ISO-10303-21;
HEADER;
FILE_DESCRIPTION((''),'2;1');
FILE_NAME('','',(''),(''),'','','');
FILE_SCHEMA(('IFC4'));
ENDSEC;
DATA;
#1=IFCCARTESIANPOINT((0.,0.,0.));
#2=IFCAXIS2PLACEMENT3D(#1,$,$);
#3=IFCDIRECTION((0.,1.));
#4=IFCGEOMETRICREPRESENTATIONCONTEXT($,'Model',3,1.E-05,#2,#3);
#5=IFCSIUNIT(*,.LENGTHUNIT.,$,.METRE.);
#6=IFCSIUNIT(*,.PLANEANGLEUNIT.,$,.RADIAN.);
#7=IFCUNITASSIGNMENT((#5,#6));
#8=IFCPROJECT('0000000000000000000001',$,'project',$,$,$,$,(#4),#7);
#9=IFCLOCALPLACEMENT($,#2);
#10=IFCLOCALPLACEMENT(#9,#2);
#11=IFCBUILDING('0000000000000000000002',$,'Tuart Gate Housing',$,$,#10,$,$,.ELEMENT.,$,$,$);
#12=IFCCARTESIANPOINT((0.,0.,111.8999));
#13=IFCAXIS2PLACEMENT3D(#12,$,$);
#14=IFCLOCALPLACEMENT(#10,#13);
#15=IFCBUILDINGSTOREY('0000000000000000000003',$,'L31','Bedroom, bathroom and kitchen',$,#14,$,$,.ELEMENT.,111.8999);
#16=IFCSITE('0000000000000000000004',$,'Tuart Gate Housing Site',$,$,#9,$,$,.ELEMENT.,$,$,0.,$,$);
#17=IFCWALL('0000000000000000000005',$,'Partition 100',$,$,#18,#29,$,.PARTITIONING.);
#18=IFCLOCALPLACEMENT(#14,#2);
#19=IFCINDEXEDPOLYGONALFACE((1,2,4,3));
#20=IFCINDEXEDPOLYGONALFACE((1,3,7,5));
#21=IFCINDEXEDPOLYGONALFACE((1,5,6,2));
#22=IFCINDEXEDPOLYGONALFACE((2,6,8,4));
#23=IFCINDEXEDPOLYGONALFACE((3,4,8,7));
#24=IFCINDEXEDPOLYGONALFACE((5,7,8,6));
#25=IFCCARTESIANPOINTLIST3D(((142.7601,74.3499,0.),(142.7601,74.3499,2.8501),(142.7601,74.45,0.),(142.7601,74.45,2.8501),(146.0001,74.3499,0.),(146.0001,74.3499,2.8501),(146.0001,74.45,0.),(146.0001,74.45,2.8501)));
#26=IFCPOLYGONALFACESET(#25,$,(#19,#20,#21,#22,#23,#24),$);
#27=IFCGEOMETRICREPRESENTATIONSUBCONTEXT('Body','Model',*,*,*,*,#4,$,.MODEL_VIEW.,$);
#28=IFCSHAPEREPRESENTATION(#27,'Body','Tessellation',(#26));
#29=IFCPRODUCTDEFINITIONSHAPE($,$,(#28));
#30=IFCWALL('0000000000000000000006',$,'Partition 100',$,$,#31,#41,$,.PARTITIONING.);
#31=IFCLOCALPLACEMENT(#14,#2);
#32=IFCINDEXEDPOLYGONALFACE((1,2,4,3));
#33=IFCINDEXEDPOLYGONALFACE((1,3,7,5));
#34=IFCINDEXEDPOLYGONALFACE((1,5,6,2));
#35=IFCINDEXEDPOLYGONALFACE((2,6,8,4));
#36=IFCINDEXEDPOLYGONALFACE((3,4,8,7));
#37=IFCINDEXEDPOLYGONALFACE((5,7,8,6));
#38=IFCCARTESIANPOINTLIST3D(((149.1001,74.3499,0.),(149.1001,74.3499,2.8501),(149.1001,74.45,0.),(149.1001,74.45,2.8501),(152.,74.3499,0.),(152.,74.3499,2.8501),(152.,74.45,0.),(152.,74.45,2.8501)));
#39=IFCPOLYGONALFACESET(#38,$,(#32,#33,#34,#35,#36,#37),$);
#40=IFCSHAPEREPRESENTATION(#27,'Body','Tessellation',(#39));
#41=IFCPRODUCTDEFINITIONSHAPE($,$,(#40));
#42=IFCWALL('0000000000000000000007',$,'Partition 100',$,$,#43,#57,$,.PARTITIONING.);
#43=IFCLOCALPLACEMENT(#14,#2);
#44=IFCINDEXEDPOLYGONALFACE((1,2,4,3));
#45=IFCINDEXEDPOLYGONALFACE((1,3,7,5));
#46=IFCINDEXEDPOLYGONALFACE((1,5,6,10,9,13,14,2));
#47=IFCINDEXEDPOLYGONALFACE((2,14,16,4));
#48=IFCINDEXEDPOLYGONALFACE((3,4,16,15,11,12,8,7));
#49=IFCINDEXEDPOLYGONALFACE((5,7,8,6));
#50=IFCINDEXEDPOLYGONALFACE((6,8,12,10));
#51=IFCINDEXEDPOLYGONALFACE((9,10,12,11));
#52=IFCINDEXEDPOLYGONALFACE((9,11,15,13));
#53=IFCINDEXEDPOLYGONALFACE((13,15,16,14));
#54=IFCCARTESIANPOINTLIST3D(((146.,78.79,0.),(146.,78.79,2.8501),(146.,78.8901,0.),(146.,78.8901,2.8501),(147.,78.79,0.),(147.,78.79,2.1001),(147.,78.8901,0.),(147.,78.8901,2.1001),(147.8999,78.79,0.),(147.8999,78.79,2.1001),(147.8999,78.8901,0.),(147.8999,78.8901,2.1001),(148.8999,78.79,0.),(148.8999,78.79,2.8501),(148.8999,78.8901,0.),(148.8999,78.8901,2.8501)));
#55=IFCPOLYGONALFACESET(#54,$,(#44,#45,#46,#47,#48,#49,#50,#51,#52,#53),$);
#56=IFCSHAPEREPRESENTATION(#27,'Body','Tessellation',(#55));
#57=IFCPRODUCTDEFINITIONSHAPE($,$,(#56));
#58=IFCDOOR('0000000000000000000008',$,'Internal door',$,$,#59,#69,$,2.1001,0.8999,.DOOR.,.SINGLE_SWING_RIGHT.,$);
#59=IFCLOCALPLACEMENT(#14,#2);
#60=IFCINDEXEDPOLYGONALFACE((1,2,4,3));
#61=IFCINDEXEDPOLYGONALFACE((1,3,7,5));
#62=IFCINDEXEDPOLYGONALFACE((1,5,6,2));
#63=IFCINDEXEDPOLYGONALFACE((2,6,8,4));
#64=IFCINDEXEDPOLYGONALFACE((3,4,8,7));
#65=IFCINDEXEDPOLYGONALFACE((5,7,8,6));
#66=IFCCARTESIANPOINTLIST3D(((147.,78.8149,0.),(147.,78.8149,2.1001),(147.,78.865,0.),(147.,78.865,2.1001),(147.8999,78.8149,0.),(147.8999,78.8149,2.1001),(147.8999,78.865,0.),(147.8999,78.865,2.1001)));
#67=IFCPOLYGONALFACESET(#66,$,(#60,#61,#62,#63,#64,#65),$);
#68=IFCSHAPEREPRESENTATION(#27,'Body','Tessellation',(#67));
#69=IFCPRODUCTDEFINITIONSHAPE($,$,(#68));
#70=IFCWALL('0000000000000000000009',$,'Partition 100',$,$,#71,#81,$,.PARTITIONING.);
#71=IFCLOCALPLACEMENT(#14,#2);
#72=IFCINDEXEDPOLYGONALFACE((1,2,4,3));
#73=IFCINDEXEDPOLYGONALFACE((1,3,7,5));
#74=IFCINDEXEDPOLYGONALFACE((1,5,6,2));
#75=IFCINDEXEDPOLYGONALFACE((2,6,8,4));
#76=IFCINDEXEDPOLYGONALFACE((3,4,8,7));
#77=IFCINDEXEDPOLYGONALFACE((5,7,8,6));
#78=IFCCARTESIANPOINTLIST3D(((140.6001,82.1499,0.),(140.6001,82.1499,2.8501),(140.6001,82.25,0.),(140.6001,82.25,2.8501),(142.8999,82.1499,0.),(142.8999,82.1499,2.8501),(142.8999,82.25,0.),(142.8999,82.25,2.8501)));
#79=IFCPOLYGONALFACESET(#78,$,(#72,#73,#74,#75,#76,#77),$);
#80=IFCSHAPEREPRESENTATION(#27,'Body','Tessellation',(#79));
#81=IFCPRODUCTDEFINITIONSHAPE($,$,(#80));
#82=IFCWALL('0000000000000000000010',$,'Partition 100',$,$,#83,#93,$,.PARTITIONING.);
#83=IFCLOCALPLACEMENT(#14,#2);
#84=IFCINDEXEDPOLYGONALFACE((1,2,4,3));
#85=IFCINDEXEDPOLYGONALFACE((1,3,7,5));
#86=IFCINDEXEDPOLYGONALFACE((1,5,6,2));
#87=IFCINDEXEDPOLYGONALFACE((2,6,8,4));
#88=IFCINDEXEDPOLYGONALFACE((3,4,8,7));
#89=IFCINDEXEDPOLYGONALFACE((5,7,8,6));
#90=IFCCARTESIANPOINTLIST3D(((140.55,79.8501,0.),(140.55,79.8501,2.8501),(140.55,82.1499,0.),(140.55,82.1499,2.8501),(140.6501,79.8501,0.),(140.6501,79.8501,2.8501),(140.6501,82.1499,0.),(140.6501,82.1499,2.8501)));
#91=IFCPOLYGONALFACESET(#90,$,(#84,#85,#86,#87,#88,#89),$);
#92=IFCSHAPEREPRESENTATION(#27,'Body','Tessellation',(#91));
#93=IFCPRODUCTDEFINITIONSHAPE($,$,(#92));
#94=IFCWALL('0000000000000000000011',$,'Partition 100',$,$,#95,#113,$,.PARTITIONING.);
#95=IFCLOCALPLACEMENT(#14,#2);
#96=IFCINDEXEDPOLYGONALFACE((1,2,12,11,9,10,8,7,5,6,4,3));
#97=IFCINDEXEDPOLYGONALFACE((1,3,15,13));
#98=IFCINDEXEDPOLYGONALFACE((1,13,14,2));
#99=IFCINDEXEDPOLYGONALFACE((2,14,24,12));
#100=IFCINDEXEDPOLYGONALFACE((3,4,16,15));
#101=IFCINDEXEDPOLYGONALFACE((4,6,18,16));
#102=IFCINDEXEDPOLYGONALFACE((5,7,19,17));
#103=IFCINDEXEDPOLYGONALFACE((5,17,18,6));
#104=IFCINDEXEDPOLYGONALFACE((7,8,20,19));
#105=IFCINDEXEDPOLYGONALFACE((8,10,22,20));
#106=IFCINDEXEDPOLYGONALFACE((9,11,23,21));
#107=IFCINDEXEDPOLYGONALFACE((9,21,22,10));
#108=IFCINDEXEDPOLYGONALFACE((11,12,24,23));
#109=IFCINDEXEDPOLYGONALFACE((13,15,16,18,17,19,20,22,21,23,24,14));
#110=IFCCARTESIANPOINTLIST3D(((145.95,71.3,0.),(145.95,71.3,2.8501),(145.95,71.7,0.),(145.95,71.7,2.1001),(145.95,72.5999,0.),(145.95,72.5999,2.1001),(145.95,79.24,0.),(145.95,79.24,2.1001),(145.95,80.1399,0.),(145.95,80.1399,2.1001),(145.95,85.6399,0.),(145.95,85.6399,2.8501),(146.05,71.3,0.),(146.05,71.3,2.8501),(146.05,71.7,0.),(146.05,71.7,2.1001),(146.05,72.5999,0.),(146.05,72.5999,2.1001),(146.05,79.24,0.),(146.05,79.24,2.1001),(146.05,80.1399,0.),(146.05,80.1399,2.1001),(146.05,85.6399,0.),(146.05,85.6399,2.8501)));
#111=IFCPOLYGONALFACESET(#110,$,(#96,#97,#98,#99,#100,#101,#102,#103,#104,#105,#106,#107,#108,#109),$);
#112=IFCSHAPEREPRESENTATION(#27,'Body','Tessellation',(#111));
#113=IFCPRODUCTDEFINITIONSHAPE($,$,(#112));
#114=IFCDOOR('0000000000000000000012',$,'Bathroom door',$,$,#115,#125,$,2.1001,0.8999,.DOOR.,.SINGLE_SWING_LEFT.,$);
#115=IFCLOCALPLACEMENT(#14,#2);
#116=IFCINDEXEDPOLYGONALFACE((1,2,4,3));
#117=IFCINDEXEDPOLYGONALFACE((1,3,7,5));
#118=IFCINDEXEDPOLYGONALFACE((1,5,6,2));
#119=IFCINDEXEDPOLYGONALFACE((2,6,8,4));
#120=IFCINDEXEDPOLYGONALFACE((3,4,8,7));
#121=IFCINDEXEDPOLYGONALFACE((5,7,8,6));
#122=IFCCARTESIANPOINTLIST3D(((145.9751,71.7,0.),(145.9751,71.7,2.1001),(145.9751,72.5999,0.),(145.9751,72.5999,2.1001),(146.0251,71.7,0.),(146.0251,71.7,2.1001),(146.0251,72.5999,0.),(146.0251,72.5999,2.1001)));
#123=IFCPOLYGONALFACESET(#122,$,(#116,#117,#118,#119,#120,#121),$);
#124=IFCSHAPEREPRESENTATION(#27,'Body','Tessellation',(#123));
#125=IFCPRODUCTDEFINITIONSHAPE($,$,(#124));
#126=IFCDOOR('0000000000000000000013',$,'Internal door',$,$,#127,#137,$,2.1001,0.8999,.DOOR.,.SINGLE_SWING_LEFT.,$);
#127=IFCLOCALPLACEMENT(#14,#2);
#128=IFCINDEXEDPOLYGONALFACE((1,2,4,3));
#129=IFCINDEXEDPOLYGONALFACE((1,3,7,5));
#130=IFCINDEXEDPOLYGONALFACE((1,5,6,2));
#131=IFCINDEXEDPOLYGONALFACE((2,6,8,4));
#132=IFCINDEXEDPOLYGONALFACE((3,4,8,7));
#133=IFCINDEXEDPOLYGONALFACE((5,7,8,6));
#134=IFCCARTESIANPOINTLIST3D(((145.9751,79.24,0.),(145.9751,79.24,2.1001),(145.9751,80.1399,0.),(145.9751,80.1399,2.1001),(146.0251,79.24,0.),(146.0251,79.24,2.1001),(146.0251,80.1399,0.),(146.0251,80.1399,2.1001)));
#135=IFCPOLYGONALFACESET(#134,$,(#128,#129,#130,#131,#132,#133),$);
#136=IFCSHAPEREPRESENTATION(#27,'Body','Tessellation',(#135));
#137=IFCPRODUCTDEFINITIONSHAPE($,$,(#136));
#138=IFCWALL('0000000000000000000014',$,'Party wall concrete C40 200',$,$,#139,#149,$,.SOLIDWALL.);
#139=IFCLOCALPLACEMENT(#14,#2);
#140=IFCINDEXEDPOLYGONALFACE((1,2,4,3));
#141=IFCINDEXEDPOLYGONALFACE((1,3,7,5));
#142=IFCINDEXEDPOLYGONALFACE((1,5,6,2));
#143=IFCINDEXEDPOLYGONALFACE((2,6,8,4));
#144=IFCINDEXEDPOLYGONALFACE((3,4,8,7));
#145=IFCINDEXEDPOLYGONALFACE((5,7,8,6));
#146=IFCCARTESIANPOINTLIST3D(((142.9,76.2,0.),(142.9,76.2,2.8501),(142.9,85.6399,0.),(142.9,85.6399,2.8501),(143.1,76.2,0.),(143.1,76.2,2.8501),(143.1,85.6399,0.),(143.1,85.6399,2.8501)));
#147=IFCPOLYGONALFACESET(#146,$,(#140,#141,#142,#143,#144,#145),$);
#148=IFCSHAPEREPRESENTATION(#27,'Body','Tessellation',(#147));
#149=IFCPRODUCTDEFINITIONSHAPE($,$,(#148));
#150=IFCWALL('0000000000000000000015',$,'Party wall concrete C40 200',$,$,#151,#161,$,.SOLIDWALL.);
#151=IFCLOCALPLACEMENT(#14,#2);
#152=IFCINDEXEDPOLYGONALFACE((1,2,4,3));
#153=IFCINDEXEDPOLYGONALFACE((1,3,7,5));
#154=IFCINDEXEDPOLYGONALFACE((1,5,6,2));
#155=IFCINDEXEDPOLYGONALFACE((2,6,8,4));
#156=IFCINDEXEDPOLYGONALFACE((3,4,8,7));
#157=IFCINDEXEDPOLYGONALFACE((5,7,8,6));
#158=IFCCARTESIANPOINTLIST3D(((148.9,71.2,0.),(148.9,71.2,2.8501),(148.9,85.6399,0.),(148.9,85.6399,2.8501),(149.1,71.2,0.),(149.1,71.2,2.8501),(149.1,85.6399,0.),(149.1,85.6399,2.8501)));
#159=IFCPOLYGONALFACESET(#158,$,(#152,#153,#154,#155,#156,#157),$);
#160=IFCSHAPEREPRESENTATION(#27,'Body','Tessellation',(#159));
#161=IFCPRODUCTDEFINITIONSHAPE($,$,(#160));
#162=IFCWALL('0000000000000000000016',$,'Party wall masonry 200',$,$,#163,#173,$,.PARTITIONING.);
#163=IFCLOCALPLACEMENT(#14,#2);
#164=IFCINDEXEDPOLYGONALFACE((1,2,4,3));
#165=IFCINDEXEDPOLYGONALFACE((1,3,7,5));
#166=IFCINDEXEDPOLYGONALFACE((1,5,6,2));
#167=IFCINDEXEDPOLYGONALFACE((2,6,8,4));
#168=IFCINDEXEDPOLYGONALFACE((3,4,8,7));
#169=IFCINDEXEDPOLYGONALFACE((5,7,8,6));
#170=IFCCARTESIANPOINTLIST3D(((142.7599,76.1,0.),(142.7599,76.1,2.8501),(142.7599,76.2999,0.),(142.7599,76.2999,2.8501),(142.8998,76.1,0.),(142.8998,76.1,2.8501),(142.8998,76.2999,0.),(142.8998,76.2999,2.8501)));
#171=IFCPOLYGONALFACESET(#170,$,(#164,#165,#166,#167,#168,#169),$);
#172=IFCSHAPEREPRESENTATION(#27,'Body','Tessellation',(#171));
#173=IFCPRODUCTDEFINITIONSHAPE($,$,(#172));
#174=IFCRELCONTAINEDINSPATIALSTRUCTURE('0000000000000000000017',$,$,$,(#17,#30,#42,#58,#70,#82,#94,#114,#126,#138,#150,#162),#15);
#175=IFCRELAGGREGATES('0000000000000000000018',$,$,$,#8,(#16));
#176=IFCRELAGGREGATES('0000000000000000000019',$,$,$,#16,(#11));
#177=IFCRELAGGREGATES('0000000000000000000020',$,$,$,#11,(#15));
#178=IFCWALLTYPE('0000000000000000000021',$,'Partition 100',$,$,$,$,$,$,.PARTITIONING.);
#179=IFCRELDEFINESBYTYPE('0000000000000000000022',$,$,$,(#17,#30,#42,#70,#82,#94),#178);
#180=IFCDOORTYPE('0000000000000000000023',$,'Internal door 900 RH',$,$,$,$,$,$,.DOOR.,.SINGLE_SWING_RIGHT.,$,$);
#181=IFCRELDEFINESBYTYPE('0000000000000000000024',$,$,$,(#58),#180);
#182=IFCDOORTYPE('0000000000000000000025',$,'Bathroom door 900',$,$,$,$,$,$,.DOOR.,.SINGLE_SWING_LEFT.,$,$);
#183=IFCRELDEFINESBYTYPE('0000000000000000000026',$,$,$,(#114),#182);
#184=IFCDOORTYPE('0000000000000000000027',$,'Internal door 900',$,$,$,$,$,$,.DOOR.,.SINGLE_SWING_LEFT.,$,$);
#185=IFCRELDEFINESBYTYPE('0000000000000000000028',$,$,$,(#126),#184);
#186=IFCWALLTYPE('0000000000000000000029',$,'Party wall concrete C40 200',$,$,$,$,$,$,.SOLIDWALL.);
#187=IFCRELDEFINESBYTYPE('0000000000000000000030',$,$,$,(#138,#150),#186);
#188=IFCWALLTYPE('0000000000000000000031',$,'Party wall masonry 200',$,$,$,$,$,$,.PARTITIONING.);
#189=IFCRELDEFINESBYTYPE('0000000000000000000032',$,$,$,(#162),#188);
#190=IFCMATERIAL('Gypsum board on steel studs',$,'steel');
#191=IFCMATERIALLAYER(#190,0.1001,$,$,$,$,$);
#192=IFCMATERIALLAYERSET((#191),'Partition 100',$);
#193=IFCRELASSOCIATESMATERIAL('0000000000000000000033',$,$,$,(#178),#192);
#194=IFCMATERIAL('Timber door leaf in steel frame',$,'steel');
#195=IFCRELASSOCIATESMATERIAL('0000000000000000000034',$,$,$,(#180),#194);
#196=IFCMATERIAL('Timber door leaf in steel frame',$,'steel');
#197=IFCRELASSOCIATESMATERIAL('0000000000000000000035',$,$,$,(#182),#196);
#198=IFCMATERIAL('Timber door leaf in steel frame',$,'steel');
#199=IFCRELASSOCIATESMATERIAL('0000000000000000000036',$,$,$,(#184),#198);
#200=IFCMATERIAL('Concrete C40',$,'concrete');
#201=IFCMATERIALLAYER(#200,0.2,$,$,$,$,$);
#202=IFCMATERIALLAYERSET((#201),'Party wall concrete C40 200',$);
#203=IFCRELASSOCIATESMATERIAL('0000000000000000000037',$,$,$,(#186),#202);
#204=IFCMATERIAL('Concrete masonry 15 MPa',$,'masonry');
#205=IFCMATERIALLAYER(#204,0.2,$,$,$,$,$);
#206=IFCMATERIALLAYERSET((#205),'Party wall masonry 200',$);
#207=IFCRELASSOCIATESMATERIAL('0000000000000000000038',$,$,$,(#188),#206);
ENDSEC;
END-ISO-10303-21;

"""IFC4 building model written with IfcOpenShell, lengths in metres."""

from ifc_helpers import new_model, si_unit, direction, frame, frame_2d, origin, place, context, subcontext, project, spatial, rectangle, extrude, material, layer, layer_set, type_object, element, fill, save


model = new_model("IFC4")

# Units and contexts
model_context = context("Model", 3, precision=1e-05, world=origin(), true_north=direction((0.0, 1.0)))
body_context = subcontext(model_context, "Body", "Model", "MODEL_VIEW")
ifc_project = project(units=[si_unit("LENGTHUNIT", "METRE"), si_unit("PLANEANGLEUNIT", "RADIAN")], contexts=[model_context])

# Site, building, storey
site_placement = place(None, origin())
site = spatial("IfcSite", under=ifc_project, at=site_placement, Name="Tuart Gate Housing Site", CompositionType="ELEMENT", RefElevation=0.0)
building_placement = place(site_placement, origin())
building = spatial("IfcBuilding", under=site, at=building_placement, Name="Tuart Gate Housing", CompositionType="ELEMENT")
storey_placement = place(building_placement, frame((0.0, 0.0, 111.8999)))
storey = spatial("IfcBuildingStorey", under=building, at=storey_placement, Name="L31", Description="Bedroom, bathroom and kitchen", CompositionType="ELEMENT", Elevation=111.8999)

# Walls
ifc_material_1 = material(Name="Gypsum board on steel studs", Category="steel")
ifc_layer_1 = layer(ifc_material_1, 0.1001)
ifc_layer_set_1 = layer_set([ifc_layer_1], Name="Partition 100")
wall_type_1 = type_object("IfcWallType", Name="Partition 100", PredefinedType="PARTITIONING", material=ifc_layer_set_1)
wall_1_placement = place(storey_placement, frame((142.76, 74.3999, 0.0), z_axis=(0.0, 0.0, 1.0), x_axis=(1.0, 0.0, 0.0)))
element("IfcWall", 1, at=wall_1_placement, inside=storey, type_object=wall_type_1, Name="Partition 100", PredefinedType="PARTITIONING", context=body_context, shape_type="SweptSolid", body=[
    extrude(rectangle(XDim=3.24, YDim=0.1001, at=frame_2d((1.6201, 0.0))), origin(), (0.0, 0.0, 1.0), 2.8501),
])
wall_2_placement = place(storey_placement, frame((149.1001, 74.3999, 0.0), z_axis=(0.0, 0.0, 1.0), x_axis=(1.0, 0.0, 0.0)))
element("IfcWall", 2, at=wall_2_placement, inside=storey, type_object=wall_type_1, Name="Partition 100", PredefinedType="PARTITIONING", context=body_context, shape_type="SweptSolid", body=[
    extrude(rectangle(XDim=2.8999, YDim=0.1001, at=frame_2d((1.45, 0.0))), origin(), (0.0, 0.0, 1.0), 2.8501),
])

# Wall, opening, door
wall_3_placement = place(storey_placement, frame((146.0, 78.8401, 0.0), z_axis=(0.0, 0.0, 1.0), x_axis=(1.0, 0.0, 0.0)))
wall_3 = element("IfcWall", 3, at=wall_3_placement, inside=storey, type_object=wall_type_1, Name="Partition 100", PredefinedType="PARTITIONING", context=body_context, shape_type="SweptSolid", body=[
    extrude(rectangle(XDim=2.8999, YDim=0.1001, at=frame_2d((1.45, 0.0))), origin(), (0.0, 0.0, 1.0), 2.8501),
])
opening_1_placement = place(wall_3_placement, frame((1.0, 0.0, 0.0)))
opening_1 = element("IfcOpeningElement", 4, at=opening_1_placement, cuts=wall_3, PredefinedType="OPENING", context=body_context, shape_type="SweptSolid", body=[
    extrude(rectangle(XDim=0.8999, YDim=2.1001, at=frame_2d((0.45, 1.05))), frame((0.0, 0.0601, 0.0), z_axis=(0.0, -1.0, 0.0), x_axis=(1.0, 0.0, 0.0)), (0.0, 0.0, 1.0), 0.1201),
])
ifc_material_2 = material(Name="Timber door leaf in steel frame", Category="steel")
door_type_1 = type_object("IfcDoorType", Name="Internal door 900 RH", OperationType="SINGLE_SWING_RIGHT", PredefinedType="DOOR", material=ifc_material_2)
door_1_placement = place(opening_1_placement, frame((0.8999, 0.0, 0.0), z_axis=(0.0, 0.0, 1.0), x_axis=(-1.0, 0.0, 0.0)))
door_1 = element("IfcDoor", 5, at=door_1_placement, inside=storey, type_object=door_type_1, Name="Internal door", OperationType="SINGLE_SWING_RIGHT", OverallHeight=2.1001, OverallWidth=0.8999, PredefinedType="DOOR", context=body_context, shape_type="SweptSolid", body=[
    extrude(rectangle(XDim=0.8999, YDim=2.1001, at=frame_2d((0.45, 1.05))), frame((0.0, 0.0251, 0.0), z_axis=(0.0, -1.0, 0.0), x_axis=(1.0, 0.0, 0.0)), (0.0, 0.0, 1.0), 0.05),
])
fill(opening_1, door_1)

# Walls
for number, where, z_axis, x_axis, name in (
    (6, (140.6001, 82.2, 0.0), (0.0, 0.0, 1.0), (1.0, 0.0, 0.0), "Partition 100"),
    (7, (140.6001, 79.8501, 0.0), (0.0, 0.0, 1.0), (0.0, 1.0, 0.0), "Partition 100"),
):
    element("IfcWall", number, at=place(storey_placement, frame(where, z_axis=z_axis, x_axis=x_axis)), inside=storey, type_object=wall_type_1, Name=name, PredefinedType="PARTITIONING", context=body_context, shape_type="SweptSolid", body=[
        extrude(rectangle(XDim=2.2998, YDim=0.1001, at=frame_2d((1.1499, 0.0))), origin(), (0.0, 0.0, 1.0), 2.8501),
    ])

# Wall, openings, doors
wall_4_placement = place(storey_placement, frame((146.0, 71.3, 0.0), z_axis=(0.0, 0.0, 1.0), x_axis=(0.0, 1.0, 0.0)))
wall_4 = element("IfcWall", 8, at=wall_4_placement, inside=storey, type_object=wall_type_1, Name="Partition 100", PredefinedType="PARTITIONING", context=body_context, shape_type="SweptSolid", body=[
    extrude(rectangle(XDim=14.3398, YDim=0.1001, at=frame_2d((7.1699, 0.0))), origin(), (0.0, 0.0, 1.0), 2.8501),
])
opening_2_placement = place(wall_4_placement, frame((7.9399, 0.0, 0.0)))
opening_2 = element("IfcOpeningElement", 9, at=opening_2_placement, cuts=wall_4, PredefinedType="OPENING", context=body_context, shape_type="SweptSolid", body=[
    extrude(rectangle(XDim=0.8999, YDim=2.1001, at=frame_2d((0.45, 1.05))), frame((0.0, 0.0601, 0.0), z_axis=(0.0, -1.0, 0.0), x_axis=(1.0, 0.0, 0.0)), (0.0, 0.0, 1.0), 0.1201),
])
opening_3_placement = place(wall_4_placement, frame((0.3999, 0.0, 0.0)))
opening_3 = element("IfcOpeningElement", 10, at=opening_3_placement, cuts=wall_4, PredefinedType="OPENING", context=body_context, shape_type="SweptSolid", body=[
    extrude(rectangle(XDim=0.8999, YDim=2.1001, at=frame_2d((0.45, 1.05))), frame((0.0, 0.0601, 0.0), z_axis=(0.0, -1.0, 0.0), x_axis=(1.0, 0.0, 0.0)), (0.0, 0.0, 1.0), 0.1201),
])
ifc_material_3 = material(Name="Timber door leaf in steel frame", Category="steel")
door_type_2 = type_object("IfcDoorType", Name="Bathroom door 900", OperationType="SINGLE_SWING_LEFT", PredefinedType="DOOR", material=ifc_material_3)
door_2_placement = place(opening_3_placement, origin())
door_2 = element("IfcDoor", 11, at=door_2_placement, inside=storey, type_object=door_type_2, Name="Bathroom door", OperationType="SINGLE_SWING_LEFT", OverallHeight=2.1001, OverallWidth=0.8999, PredefinedType="DOOR", context=body_context, shape_type="SweptSolid", body=[
    extrude(rectangle(XDim=0.8999, YDim=2.1001, at=frame_2d((0.45, 1.05))), frame((0.0, 0.0249, 0.0), z_axis=(0.0, -1.0, 0.0), x_axis=(1.0, 0.0, 0.0)), (0.0, 0.0, 1.0), 0.05),
])
fill(opening_3, door_2)
ifc_material_4 = material(Name="Timber door leaf in steel frame", Category="steel")
door_type_3 = type_object("IfcDoorType", Name="Internal door 900", OperationType="SINGLE_SWING_LEFT", PredefinedType="DOOR", material=ifc_material_4)
door_3_placement = place(opening_2_placement, origin())
door_3 = element("IfcDoor", 12, at=door_3_placement, inside=storey, type_object=door_type_3, Name="Internal door", OperationType="SINGLE_SWING_LEFT", OverallHeight=2.1001, OverallWidth=0.8999, PredefinedType="DOOR", context=body_context, shape_type="SweptSolid", body=[
    extrude(rectangle(XDim=0.8999, YDim=2.1001, at=frame_2d((0.45, 1.05))), frame((0.0, 0.0249, 0.0), z_axis=(0.0, -1.0, 0.0), x_axis=(1.0, 0.0, 0.0)), (0.0, 0.0, 1.0), 0.05),
])
fill(opening_2, door_3)

# Walls
ifc_material_5 = material(Name="Concrete C40", Category="concrete")
ifc_layer_2 = layer(ifc_material_5, 0.2)
ifc_layer_set_2 = layer_set([ifc_layer_2], Name="Party wall concrete C40 200")
wall_type_2 = type_object("IfcWallType", Name="Party wall concrete C40 200", PredefinedType="SOLIDWALL", material=ifc_layer_set_2)
wall_5_placement = place(storey_placement, frame((143.0, 76.2, 0.0), z_axis=(0.0, 0.0, 1.0), x_axis=(0.0, 1.0, 0.0)))
element("IfcWall", 13, at=wall_5_placement, inside=storey, type_object=wall_type_2, Name="Party wall concrete C40 200", PredefinedType="SOLIDWALL", context=body_context, shape_type="SweptSolid", body=[
    extrude(rectangle(XDim=9.4399, YDim=0.2, at=frame_2d((4.72, 0.0))), origin(), (0.0, 0.0, 1.0), 2.8501),
])
wall_6_placement = place(storey_placement, frame((149.0, 71.2, 0.0), z_axis=(0.0, 0.0, 1.0), x_axis=(0.0, 1.0, 0.0)))
element("IfcWall", 14, at=wall_6_placement, inside=storey, type_object=wall_type_2, Name="Party wall concrete C40 200", PredefinedType="SOLIDWALL", context=body_context, shape_type="SweptSolid", body=[
    extrude(rectangle(XDim=14.4399, YDim=0.2, at=frame_2d((7.22, 0.0))), origin(), (0.0, 0.0, 1.0), 2.8501),
])
ifc_material_6 = material(Name="Concrete masonry 15 MPa", Category="masonry")
ifc_layer_3 = layer(ifc_material_6, 0.2)
ifc_layer_set_3 = layer_set([ifc_layer_3], Name="Party wall masonry 200")
wall_type_3 = type_object("IfcWallType", Name="Party wall masonry 200", PredefinedType="PARTITIONING", material=ifc_layer_set_3)
wall_7_placement = place(storey_placement, frame((142.76, 76.2, 0.0), z_axis=(0.0, 0.0, 1.0), x_axis=(1.0, 0.0, 0.0)))
element("IfcWall", 15, at=wall_7_placement, inside=storey, type_object=wall_type_3, Name="Party wall masonry 200", PredefinedType="PARTITIONING", context=body_context, shape_type="SweptSolid", body=[
    extrude(rectangle(XDim=0.1399, YDim=0.2, at=frame_2d((0.0698, 0.0))), origin(), (0.0, 0.0, 1.0), 2.8501),
])

save(model, "model.ifc")
